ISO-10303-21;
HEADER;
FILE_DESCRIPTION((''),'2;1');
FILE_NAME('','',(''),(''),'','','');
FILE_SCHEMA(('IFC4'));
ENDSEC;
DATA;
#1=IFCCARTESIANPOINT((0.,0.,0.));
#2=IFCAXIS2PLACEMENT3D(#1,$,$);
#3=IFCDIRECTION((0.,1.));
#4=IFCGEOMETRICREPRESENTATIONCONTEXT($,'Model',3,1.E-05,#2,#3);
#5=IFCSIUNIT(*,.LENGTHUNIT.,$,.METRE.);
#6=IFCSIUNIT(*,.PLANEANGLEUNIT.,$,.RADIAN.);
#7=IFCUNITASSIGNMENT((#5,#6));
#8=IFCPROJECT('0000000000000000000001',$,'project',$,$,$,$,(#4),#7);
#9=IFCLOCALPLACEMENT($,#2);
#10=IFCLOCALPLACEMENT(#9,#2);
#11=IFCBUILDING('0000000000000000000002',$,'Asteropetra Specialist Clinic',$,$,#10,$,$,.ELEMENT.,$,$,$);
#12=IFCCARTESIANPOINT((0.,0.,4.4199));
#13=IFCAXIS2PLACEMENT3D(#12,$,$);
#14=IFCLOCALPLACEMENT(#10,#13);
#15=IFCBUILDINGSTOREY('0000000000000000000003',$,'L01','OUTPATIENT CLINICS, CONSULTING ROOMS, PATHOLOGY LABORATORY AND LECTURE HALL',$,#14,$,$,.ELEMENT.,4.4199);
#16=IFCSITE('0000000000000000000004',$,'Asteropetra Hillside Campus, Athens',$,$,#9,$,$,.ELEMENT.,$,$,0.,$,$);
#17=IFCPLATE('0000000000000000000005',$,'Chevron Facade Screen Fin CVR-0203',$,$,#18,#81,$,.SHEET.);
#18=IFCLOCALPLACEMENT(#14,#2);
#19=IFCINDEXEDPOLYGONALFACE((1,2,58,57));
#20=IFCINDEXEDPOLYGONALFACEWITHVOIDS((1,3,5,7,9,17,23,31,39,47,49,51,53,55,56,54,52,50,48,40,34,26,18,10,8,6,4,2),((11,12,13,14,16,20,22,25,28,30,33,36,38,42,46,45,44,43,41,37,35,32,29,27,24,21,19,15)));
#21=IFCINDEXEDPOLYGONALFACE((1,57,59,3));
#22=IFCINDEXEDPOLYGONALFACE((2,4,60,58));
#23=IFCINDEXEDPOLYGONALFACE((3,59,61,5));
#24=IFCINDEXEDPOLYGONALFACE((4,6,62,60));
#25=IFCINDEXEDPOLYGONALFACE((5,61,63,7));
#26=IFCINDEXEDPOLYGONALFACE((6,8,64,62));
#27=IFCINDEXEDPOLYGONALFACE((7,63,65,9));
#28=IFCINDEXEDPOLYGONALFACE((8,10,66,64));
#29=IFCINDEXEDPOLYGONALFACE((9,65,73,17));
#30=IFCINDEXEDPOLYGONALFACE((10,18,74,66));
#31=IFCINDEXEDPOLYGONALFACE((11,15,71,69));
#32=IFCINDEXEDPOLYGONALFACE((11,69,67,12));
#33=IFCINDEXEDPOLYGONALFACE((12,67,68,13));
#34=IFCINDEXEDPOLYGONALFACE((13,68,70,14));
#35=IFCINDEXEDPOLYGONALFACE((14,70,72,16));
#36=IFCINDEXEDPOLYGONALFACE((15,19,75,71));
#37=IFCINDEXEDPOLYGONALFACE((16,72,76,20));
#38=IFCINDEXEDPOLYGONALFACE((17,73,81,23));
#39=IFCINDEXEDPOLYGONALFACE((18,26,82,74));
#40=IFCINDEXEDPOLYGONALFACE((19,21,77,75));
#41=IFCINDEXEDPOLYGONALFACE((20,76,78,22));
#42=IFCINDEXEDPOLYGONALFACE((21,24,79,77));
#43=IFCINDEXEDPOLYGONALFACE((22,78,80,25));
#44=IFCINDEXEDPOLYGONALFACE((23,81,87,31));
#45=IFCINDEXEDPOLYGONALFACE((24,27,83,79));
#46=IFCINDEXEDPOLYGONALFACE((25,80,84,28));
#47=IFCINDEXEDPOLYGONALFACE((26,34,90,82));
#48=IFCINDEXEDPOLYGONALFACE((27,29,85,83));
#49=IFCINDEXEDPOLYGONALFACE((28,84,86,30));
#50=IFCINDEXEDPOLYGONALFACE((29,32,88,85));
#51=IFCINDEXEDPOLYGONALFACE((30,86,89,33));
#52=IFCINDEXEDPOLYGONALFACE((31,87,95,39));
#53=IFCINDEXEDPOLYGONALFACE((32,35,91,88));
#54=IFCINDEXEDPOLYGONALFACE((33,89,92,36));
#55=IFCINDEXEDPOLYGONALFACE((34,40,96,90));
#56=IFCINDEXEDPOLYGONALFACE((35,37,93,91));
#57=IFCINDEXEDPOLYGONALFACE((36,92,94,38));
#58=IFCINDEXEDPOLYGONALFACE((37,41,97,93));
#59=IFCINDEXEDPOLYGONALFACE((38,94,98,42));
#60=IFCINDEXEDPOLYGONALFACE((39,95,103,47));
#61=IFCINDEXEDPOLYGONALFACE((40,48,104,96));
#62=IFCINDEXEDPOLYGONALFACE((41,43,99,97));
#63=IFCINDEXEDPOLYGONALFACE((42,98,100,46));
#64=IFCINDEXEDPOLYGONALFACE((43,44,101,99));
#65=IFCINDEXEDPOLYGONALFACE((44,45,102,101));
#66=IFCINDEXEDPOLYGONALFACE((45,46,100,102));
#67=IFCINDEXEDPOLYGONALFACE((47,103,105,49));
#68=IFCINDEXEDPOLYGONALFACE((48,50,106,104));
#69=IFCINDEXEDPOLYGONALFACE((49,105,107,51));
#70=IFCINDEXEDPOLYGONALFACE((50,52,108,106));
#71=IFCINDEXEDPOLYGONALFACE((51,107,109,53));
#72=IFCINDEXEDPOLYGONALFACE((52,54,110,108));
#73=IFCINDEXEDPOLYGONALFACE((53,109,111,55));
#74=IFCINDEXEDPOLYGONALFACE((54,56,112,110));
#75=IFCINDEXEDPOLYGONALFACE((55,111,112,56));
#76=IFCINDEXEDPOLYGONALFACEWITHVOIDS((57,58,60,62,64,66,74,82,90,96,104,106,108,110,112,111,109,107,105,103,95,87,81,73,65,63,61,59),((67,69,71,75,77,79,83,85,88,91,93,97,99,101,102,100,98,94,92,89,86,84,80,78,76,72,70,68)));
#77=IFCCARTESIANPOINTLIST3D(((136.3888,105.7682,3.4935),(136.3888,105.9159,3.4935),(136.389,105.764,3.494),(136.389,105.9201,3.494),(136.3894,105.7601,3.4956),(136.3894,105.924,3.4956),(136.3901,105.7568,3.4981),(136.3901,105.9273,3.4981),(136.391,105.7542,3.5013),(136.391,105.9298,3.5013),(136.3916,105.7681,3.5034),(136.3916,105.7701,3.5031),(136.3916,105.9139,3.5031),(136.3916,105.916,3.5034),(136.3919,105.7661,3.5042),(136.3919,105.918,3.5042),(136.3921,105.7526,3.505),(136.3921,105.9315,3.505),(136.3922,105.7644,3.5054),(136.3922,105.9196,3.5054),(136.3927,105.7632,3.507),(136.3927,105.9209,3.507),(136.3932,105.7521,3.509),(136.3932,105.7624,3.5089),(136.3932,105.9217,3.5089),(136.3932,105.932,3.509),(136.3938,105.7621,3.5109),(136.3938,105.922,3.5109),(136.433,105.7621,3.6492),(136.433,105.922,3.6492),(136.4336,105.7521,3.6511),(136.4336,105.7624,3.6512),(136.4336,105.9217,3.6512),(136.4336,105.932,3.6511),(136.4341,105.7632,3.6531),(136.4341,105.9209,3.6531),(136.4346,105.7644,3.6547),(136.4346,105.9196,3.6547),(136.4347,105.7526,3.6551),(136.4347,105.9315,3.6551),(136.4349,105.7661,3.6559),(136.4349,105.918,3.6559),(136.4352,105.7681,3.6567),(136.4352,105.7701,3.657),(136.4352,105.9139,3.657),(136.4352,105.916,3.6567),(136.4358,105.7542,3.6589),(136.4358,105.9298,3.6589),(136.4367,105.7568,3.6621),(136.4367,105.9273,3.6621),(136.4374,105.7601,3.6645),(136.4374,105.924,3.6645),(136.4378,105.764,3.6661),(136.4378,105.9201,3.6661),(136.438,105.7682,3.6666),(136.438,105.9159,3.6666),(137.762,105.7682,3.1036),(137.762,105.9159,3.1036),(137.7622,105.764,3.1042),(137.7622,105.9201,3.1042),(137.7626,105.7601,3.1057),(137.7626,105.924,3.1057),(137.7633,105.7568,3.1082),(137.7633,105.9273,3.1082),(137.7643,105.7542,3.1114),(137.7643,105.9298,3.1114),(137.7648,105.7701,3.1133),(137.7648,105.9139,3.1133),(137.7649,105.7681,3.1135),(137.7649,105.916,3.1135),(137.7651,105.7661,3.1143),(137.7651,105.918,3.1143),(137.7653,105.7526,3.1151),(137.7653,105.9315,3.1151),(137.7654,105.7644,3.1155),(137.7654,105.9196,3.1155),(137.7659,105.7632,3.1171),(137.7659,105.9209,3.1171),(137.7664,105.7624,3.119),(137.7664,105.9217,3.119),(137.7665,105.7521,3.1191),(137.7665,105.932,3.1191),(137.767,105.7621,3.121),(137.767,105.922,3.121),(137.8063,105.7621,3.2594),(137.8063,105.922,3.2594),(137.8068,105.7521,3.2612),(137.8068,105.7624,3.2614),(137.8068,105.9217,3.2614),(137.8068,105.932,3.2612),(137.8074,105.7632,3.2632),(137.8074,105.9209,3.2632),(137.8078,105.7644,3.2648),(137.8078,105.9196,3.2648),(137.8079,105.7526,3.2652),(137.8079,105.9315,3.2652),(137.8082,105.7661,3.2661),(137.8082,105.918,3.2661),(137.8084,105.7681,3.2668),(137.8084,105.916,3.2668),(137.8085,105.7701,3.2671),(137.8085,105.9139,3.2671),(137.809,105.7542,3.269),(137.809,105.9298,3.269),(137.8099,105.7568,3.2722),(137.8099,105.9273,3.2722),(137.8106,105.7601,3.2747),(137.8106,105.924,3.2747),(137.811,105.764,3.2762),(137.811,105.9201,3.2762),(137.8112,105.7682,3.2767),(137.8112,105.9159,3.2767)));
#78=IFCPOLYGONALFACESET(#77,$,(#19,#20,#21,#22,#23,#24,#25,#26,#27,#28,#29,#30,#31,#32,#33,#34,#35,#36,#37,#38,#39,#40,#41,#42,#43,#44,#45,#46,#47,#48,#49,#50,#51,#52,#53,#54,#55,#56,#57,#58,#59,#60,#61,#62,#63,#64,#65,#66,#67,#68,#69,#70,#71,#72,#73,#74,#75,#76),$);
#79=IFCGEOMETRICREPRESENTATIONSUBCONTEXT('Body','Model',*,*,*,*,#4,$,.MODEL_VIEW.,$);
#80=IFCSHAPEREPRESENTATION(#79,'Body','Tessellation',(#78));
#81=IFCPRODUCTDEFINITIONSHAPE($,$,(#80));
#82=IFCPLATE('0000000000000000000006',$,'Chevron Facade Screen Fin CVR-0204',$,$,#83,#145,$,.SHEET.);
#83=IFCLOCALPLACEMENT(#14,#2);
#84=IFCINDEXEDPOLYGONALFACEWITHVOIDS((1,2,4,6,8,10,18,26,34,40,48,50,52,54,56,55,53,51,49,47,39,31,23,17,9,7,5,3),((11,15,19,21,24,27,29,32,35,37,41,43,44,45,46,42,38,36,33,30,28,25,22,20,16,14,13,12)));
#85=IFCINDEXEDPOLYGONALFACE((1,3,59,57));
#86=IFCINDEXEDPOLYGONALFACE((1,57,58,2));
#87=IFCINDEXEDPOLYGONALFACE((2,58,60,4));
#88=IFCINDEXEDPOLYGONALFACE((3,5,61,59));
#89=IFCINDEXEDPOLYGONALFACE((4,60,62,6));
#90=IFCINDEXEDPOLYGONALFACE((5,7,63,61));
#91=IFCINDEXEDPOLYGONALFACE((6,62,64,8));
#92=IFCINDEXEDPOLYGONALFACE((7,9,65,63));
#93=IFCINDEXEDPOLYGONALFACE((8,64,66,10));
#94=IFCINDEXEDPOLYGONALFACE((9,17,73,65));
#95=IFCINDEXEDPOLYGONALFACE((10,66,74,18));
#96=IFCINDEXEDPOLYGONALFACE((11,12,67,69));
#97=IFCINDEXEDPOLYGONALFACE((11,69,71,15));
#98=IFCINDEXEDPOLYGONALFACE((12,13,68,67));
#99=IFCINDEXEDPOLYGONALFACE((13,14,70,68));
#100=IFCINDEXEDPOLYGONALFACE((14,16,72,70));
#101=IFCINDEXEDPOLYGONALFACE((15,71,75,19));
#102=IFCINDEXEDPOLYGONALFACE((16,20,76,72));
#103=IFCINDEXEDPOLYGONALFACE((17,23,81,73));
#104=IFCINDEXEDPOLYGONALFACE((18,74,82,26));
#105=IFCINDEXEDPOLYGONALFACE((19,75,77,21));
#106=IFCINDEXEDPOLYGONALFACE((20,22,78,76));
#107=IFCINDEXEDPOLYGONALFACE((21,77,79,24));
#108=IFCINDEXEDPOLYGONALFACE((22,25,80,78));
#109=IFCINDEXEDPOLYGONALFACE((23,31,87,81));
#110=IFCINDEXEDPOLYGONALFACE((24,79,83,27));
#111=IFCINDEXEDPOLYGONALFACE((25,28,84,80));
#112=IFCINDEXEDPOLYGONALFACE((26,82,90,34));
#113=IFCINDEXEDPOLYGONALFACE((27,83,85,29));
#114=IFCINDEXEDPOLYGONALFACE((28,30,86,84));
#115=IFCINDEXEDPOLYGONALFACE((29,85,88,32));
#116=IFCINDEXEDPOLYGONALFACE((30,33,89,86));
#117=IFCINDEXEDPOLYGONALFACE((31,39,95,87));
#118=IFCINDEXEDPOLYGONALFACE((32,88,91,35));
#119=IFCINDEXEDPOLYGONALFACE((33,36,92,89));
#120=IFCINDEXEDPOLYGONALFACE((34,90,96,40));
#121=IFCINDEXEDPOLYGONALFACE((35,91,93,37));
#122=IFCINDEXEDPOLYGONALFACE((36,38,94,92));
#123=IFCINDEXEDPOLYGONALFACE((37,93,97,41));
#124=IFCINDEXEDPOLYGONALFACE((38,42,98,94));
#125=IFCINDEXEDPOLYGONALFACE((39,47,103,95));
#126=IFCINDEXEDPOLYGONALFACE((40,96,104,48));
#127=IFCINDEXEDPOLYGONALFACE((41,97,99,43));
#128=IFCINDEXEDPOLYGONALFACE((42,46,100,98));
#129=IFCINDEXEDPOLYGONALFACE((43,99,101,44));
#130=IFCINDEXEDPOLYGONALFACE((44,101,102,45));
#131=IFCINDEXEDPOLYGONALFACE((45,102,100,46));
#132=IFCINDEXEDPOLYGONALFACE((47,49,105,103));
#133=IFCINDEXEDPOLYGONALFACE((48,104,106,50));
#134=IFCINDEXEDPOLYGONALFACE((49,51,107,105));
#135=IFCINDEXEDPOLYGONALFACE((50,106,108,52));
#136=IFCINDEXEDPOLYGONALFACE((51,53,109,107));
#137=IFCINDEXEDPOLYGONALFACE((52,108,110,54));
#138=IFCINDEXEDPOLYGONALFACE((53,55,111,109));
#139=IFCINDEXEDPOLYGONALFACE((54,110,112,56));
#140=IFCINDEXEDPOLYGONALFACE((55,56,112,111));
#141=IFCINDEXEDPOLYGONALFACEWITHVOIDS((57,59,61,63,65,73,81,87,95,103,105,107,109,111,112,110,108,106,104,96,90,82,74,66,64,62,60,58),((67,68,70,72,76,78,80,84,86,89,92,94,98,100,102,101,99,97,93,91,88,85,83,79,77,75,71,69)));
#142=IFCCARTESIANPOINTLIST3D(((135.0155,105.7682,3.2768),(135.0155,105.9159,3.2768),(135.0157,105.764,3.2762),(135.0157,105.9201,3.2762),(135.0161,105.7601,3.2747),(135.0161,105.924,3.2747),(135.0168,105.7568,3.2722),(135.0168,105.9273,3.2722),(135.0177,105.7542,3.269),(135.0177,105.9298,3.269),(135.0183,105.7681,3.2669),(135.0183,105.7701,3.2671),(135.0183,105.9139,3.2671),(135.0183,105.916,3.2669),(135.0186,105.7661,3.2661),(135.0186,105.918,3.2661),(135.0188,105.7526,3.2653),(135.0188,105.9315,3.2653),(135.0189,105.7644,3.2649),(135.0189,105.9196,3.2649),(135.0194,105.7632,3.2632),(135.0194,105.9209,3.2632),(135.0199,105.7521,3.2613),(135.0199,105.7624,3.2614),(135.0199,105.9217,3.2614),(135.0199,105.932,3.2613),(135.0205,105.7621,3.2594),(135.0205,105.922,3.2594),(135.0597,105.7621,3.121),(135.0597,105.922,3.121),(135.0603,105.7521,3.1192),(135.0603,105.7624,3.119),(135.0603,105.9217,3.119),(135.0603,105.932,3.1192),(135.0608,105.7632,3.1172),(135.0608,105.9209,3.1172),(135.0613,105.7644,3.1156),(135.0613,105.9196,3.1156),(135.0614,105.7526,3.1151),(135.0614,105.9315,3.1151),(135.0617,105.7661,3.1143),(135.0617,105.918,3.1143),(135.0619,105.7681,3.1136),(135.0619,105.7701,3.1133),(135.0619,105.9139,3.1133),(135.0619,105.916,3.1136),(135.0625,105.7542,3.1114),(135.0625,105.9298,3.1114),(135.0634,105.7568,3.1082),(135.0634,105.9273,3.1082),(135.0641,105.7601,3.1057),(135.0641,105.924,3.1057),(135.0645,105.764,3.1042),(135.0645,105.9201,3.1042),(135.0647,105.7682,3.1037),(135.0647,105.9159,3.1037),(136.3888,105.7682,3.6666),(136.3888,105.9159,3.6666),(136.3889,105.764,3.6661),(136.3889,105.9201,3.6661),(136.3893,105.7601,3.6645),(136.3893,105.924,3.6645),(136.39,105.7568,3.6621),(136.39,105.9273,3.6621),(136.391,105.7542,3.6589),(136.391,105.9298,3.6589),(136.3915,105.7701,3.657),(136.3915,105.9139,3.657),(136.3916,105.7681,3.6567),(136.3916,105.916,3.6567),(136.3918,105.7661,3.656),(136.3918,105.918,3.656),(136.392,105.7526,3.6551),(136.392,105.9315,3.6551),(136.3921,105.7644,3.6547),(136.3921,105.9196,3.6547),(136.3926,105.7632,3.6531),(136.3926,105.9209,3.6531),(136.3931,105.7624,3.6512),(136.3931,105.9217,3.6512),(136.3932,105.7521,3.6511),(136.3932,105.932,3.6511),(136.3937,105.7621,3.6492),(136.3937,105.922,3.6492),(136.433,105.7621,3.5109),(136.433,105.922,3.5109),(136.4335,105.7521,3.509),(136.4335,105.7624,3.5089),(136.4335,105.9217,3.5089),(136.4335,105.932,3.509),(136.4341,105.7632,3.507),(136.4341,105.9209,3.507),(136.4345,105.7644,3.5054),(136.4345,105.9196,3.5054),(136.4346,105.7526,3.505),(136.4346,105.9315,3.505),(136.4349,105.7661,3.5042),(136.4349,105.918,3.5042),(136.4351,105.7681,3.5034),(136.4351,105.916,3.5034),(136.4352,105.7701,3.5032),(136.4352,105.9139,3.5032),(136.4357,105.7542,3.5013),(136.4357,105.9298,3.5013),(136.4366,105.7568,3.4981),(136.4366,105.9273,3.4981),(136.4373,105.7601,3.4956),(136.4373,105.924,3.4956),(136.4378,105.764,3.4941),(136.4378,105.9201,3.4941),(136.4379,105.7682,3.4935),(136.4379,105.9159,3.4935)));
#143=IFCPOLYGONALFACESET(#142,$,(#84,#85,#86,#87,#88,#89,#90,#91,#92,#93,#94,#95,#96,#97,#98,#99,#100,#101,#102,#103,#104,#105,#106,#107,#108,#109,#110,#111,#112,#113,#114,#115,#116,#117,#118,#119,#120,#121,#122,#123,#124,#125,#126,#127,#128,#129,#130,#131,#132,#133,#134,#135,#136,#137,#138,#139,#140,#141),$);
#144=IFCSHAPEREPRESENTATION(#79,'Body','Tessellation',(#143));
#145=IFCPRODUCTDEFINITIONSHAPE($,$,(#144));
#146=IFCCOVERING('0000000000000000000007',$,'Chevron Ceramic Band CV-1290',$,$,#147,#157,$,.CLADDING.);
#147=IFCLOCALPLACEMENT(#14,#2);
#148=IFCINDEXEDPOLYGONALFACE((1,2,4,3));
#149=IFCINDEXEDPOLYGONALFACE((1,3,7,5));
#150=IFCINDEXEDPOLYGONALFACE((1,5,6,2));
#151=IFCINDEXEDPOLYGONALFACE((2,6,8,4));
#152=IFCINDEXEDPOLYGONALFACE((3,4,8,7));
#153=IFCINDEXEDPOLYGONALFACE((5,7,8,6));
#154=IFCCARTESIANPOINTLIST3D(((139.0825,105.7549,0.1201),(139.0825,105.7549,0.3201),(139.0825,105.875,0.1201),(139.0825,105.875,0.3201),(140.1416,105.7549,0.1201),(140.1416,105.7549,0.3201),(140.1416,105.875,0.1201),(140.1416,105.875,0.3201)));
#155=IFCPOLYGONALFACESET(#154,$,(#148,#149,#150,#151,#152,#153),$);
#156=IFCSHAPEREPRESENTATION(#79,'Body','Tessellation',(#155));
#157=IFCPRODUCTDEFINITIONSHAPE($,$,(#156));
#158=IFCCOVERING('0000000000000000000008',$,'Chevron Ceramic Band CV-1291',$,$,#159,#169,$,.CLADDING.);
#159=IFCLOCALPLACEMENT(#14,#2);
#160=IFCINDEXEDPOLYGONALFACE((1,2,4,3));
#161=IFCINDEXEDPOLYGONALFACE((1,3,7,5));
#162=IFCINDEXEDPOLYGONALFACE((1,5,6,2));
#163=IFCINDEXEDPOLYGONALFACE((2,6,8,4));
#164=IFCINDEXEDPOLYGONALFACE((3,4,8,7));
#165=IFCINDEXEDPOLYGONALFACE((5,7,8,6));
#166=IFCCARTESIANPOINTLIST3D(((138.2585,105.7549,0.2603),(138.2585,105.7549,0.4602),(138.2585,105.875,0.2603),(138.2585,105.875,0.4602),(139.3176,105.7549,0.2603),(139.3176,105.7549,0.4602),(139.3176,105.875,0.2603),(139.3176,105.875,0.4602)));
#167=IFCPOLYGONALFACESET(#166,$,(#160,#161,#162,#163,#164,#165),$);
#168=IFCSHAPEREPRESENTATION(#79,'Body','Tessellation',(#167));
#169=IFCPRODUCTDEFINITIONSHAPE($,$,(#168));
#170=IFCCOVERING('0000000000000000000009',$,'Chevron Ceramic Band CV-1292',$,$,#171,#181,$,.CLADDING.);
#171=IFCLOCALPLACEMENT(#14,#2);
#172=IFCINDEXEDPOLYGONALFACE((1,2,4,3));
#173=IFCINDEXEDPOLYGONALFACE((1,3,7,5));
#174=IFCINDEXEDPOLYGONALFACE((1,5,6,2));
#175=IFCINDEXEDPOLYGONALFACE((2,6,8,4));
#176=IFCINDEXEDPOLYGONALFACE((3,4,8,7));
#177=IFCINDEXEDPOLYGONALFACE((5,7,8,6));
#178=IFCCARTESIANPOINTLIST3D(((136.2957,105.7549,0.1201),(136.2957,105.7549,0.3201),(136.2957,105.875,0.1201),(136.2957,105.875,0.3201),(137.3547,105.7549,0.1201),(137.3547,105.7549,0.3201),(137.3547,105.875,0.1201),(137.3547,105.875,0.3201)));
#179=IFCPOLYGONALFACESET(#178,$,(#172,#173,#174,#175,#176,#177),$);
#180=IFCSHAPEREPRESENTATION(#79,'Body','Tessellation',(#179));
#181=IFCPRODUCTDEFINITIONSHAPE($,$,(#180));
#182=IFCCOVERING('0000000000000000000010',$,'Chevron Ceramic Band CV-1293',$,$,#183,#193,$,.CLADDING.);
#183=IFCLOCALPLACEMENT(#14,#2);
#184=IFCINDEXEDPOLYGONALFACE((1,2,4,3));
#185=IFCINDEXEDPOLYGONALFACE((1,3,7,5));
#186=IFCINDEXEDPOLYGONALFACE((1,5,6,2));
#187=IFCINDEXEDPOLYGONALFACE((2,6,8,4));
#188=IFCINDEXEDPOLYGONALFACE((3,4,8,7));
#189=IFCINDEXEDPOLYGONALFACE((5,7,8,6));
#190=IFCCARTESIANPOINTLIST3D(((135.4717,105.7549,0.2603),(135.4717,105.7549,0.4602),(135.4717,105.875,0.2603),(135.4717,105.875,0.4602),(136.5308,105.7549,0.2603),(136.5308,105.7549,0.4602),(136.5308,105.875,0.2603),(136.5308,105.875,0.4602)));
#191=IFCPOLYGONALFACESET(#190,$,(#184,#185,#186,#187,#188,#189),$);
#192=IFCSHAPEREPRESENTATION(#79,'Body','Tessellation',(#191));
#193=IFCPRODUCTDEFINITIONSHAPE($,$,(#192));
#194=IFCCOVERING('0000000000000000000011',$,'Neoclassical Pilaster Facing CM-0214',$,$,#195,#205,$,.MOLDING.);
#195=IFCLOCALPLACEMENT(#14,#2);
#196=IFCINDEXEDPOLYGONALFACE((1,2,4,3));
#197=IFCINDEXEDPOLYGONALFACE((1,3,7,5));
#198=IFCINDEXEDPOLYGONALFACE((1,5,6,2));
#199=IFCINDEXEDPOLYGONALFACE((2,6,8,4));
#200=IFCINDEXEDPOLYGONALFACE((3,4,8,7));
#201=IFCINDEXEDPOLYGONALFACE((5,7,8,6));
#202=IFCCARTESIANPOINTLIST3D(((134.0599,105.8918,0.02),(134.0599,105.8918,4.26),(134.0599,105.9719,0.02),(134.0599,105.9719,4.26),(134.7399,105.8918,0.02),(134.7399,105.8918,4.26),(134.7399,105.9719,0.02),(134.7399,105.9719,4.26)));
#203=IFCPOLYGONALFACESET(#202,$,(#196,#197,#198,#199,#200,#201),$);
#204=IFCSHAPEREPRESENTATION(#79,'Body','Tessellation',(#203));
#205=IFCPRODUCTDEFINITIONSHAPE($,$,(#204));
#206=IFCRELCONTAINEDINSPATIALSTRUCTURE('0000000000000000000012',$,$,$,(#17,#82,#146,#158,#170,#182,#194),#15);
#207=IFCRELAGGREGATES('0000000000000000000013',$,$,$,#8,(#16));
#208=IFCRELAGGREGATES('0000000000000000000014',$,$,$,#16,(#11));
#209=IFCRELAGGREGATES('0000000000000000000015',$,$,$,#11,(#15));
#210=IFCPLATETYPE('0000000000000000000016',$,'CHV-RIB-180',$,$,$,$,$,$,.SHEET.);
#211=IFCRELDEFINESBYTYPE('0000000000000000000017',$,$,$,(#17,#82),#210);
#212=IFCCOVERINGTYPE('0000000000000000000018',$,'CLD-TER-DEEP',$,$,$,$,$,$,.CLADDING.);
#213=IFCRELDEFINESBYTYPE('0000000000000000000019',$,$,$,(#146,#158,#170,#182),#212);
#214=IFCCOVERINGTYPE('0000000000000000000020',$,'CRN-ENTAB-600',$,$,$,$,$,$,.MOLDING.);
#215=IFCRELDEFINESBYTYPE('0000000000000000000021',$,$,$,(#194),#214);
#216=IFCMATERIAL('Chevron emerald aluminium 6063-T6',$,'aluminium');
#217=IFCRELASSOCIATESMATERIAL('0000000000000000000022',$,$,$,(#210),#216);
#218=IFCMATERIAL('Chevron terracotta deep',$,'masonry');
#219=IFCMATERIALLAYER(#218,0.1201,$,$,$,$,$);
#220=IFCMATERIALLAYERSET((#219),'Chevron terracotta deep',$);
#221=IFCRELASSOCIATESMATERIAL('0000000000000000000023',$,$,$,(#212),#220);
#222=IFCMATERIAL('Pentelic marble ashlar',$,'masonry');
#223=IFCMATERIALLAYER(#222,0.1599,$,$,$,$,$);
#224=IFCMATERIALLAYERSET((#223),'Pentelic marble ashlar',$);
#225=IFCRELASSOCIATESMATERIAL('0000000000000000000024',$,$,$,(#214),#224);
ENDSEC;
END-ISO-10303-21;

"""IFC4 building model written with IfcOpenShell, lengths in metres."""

from ifc_helpers import new_model, si_unit, direction, frame, origin, origin_2d, place, context, subcontext, project, spatial, rectangle, hollow_rectangle, extrude, material, layer, layer_set, material_profile, profile_set, type_object, element, save


model = new_model("IFC4")

# Units and contexts
model_context = context("Model", 3, precision=1e-05, world=origin(), true_north=direction((0.0, 1.0)))
body_context = subcontext(model_context, "Body", "Model", "MODEL_VIEW")
ifc_project = project(units=[si_unit("LENGTHUNIT", "METRE"), si_unit("PLANEANGLEUNIT", "RADIAN")], contexts=[model_context])

# Site, building, storey
site_placement = place(None, origin())
site = spatial("IfcSite", under=ifc_project, at=site_placement, Name="Asteropetra Hillside Campus, Athens", CompositionType="ELEMENT", RefElevation=0.0)
building_placement = place(site_placement, origin())
building = spatial("IfcBuilding", under=site, at=building_placement, Name="Asteropetra Specialist Clinic", CompositionType="ELEMENT")
storey_placement = place(building_placement, frame((0.0, 0.0, 4.4199)))
storey = spatial("IfcBuildingStorey", under=building, at=storey_placement, Name="L01", Description="OUTPATIENT CLINICS, CONSULTING ROOMS, PATHOLOGY LABORATORY AND LECTURE HALL", CompositionType="ELEMENT", Elevation=4.4199)

# Plates
ifc_material_1 = material(Name="Chevron emerald aluminium 6063-T6", Category="aluminium")
ifc_material_profile_1 = material_profile(ifc_material_1, hollow_rectangle(XDim=0.1799, YDim=0.1799, WallThickness=0.01, InnerFilletRadius=0.0081, OuterFilletRadius=0.0161, at=origin_2d()), Name="SHS 180x180x10.0")
ifc_profile_set_1 = profile_set([ifc_material_profile_1], Name="Chevron emerald aluminium 6063-T6")
plate_type = type_object("IfcPlateType", Name="CHV-RIB-180", PredefinedType="SHEET", material=ifc_profile_set_1)
for number, where, z_axis, x_axis, name in (
    (1, (137.7866, 105.842, 3.1902), (-0.961981, 0.0, 0.273117), (0.0, -1.0, 0.0), "Chevron Facade Screen Fin CVR-0203"),
    (2, (136.4133, 105.842, 3.5801), (-0.961981, 0.0, -0.273117), (0.0, -1.0, 0.0), "Chevron Facade Screen Fin CVR-0204"),
):
    element("IfcPlate", number, at=place(storey_placement, frame(where, z_axis=z_axis, x_axis=x_axis)), inside=storey, type_object=plate_type, Name=name, PredefinedType="SHEET", context=body_context, shape_type="SweptSolid", body=[
        extrude(hollow_rectangle(XDim=0.1799, YDim=0.1799, WallThickness=0.01, InnerFilletRadius=0.0081, OuterFilletRadius=0.0161, at=origin_2d()), origin(), (0.0, 0.0, 1.0), 1.4275),
    ])

# Coverings
ifc_material_2 = material(Name="Chevron terracotta deep", Category="masonry")
ifc_layer_1 = layer(ifc_material_2, 0.1201)
ifc_layer_set_1 = layer_set([ifc_layer_1], Name="Chevron terracotta deep")
covering_type_1 = type_object("IfcCoveringType", Name="CLD-TER-DEEP", PredefinedType="CLADDING", material=ifc_layer_set_1)
for number, where, z_axis, x_axis, name in (
    (3, (139.6121, 105.8149, 0.1201), (0.0, 0.0, 1.0), (1.0, 0.0, 0.0), "Chevron Ceramic Band CV-1290"),
    (4, (138.7881, 105.8149, 0.2603), (0.0, 0.0, 1.0), (1.0, 0.0, 0.0), "Chevron Ceramic Band CV-1291"),
    (5, (136.8252, 105.8149, 0.1201), (0.0, 0.0, 1.0), (1.0, 0.0, 0.0), "Chevron Ceramic Band CV-1292"),
    (6, (136.0012, 105.8149, 0.2603), (0.0, 0.0, 1.0), (1.0, 0.0, 0.0), "Chevron Ceramic Band CV-1293"),
):
    element("IfcCovering", number, at=place(storey_placement, frame(where, z_axis=z_axis, x_axis=x_axis)), inside=storey, type_object=covering_type_1, Name=name, PredefinedType="CLADDING", context=body_context, shape_type="SweptSolid", body=[
        extrude(rectangle(XDim=1.0591, YDim=0.1201, at=origin_2d()), origin(), (0.0, 0.0, 1.0), 0.2),
    ])
ifc_material_3 = material(Name="Pentelic marble ashlar", Category="masonry")
ifc_layer_2 = layer(ifc_material_3, 0.1599)
ifc_layer_set_2 = layer_set([ifc_layer_2], Name="Pentelic marble ashlar")
covering_type_2 = type_object("IfcCoveringType", Name="CRN-ENTAB-600", PredefinedType="MOLDING", material=ifc_layer_set_2)
covering_1_placement = place(storey_placement, frame((134.3999, 105.9319, 0.02), z_axis=(0.0, 0.0, 1.0), x_axis=(1.0, 0.0, 0.0)))
element("IfcCovering", 7, at=covering_1_placement, inside=storey, type_object=covering_type_2, Name="Neoclassical Pilaster Facing CM-0214", PredefinedType="MOLDING", context=body_context, shape_type="SweptSolid", body=[
    extrude(rectangle(XDim=0.6799, YDim=0.0801, at=origin_2d()), origin(), (0.0, 0.0, 1.0), 4.24),
])

save(model, "model.ifc")
